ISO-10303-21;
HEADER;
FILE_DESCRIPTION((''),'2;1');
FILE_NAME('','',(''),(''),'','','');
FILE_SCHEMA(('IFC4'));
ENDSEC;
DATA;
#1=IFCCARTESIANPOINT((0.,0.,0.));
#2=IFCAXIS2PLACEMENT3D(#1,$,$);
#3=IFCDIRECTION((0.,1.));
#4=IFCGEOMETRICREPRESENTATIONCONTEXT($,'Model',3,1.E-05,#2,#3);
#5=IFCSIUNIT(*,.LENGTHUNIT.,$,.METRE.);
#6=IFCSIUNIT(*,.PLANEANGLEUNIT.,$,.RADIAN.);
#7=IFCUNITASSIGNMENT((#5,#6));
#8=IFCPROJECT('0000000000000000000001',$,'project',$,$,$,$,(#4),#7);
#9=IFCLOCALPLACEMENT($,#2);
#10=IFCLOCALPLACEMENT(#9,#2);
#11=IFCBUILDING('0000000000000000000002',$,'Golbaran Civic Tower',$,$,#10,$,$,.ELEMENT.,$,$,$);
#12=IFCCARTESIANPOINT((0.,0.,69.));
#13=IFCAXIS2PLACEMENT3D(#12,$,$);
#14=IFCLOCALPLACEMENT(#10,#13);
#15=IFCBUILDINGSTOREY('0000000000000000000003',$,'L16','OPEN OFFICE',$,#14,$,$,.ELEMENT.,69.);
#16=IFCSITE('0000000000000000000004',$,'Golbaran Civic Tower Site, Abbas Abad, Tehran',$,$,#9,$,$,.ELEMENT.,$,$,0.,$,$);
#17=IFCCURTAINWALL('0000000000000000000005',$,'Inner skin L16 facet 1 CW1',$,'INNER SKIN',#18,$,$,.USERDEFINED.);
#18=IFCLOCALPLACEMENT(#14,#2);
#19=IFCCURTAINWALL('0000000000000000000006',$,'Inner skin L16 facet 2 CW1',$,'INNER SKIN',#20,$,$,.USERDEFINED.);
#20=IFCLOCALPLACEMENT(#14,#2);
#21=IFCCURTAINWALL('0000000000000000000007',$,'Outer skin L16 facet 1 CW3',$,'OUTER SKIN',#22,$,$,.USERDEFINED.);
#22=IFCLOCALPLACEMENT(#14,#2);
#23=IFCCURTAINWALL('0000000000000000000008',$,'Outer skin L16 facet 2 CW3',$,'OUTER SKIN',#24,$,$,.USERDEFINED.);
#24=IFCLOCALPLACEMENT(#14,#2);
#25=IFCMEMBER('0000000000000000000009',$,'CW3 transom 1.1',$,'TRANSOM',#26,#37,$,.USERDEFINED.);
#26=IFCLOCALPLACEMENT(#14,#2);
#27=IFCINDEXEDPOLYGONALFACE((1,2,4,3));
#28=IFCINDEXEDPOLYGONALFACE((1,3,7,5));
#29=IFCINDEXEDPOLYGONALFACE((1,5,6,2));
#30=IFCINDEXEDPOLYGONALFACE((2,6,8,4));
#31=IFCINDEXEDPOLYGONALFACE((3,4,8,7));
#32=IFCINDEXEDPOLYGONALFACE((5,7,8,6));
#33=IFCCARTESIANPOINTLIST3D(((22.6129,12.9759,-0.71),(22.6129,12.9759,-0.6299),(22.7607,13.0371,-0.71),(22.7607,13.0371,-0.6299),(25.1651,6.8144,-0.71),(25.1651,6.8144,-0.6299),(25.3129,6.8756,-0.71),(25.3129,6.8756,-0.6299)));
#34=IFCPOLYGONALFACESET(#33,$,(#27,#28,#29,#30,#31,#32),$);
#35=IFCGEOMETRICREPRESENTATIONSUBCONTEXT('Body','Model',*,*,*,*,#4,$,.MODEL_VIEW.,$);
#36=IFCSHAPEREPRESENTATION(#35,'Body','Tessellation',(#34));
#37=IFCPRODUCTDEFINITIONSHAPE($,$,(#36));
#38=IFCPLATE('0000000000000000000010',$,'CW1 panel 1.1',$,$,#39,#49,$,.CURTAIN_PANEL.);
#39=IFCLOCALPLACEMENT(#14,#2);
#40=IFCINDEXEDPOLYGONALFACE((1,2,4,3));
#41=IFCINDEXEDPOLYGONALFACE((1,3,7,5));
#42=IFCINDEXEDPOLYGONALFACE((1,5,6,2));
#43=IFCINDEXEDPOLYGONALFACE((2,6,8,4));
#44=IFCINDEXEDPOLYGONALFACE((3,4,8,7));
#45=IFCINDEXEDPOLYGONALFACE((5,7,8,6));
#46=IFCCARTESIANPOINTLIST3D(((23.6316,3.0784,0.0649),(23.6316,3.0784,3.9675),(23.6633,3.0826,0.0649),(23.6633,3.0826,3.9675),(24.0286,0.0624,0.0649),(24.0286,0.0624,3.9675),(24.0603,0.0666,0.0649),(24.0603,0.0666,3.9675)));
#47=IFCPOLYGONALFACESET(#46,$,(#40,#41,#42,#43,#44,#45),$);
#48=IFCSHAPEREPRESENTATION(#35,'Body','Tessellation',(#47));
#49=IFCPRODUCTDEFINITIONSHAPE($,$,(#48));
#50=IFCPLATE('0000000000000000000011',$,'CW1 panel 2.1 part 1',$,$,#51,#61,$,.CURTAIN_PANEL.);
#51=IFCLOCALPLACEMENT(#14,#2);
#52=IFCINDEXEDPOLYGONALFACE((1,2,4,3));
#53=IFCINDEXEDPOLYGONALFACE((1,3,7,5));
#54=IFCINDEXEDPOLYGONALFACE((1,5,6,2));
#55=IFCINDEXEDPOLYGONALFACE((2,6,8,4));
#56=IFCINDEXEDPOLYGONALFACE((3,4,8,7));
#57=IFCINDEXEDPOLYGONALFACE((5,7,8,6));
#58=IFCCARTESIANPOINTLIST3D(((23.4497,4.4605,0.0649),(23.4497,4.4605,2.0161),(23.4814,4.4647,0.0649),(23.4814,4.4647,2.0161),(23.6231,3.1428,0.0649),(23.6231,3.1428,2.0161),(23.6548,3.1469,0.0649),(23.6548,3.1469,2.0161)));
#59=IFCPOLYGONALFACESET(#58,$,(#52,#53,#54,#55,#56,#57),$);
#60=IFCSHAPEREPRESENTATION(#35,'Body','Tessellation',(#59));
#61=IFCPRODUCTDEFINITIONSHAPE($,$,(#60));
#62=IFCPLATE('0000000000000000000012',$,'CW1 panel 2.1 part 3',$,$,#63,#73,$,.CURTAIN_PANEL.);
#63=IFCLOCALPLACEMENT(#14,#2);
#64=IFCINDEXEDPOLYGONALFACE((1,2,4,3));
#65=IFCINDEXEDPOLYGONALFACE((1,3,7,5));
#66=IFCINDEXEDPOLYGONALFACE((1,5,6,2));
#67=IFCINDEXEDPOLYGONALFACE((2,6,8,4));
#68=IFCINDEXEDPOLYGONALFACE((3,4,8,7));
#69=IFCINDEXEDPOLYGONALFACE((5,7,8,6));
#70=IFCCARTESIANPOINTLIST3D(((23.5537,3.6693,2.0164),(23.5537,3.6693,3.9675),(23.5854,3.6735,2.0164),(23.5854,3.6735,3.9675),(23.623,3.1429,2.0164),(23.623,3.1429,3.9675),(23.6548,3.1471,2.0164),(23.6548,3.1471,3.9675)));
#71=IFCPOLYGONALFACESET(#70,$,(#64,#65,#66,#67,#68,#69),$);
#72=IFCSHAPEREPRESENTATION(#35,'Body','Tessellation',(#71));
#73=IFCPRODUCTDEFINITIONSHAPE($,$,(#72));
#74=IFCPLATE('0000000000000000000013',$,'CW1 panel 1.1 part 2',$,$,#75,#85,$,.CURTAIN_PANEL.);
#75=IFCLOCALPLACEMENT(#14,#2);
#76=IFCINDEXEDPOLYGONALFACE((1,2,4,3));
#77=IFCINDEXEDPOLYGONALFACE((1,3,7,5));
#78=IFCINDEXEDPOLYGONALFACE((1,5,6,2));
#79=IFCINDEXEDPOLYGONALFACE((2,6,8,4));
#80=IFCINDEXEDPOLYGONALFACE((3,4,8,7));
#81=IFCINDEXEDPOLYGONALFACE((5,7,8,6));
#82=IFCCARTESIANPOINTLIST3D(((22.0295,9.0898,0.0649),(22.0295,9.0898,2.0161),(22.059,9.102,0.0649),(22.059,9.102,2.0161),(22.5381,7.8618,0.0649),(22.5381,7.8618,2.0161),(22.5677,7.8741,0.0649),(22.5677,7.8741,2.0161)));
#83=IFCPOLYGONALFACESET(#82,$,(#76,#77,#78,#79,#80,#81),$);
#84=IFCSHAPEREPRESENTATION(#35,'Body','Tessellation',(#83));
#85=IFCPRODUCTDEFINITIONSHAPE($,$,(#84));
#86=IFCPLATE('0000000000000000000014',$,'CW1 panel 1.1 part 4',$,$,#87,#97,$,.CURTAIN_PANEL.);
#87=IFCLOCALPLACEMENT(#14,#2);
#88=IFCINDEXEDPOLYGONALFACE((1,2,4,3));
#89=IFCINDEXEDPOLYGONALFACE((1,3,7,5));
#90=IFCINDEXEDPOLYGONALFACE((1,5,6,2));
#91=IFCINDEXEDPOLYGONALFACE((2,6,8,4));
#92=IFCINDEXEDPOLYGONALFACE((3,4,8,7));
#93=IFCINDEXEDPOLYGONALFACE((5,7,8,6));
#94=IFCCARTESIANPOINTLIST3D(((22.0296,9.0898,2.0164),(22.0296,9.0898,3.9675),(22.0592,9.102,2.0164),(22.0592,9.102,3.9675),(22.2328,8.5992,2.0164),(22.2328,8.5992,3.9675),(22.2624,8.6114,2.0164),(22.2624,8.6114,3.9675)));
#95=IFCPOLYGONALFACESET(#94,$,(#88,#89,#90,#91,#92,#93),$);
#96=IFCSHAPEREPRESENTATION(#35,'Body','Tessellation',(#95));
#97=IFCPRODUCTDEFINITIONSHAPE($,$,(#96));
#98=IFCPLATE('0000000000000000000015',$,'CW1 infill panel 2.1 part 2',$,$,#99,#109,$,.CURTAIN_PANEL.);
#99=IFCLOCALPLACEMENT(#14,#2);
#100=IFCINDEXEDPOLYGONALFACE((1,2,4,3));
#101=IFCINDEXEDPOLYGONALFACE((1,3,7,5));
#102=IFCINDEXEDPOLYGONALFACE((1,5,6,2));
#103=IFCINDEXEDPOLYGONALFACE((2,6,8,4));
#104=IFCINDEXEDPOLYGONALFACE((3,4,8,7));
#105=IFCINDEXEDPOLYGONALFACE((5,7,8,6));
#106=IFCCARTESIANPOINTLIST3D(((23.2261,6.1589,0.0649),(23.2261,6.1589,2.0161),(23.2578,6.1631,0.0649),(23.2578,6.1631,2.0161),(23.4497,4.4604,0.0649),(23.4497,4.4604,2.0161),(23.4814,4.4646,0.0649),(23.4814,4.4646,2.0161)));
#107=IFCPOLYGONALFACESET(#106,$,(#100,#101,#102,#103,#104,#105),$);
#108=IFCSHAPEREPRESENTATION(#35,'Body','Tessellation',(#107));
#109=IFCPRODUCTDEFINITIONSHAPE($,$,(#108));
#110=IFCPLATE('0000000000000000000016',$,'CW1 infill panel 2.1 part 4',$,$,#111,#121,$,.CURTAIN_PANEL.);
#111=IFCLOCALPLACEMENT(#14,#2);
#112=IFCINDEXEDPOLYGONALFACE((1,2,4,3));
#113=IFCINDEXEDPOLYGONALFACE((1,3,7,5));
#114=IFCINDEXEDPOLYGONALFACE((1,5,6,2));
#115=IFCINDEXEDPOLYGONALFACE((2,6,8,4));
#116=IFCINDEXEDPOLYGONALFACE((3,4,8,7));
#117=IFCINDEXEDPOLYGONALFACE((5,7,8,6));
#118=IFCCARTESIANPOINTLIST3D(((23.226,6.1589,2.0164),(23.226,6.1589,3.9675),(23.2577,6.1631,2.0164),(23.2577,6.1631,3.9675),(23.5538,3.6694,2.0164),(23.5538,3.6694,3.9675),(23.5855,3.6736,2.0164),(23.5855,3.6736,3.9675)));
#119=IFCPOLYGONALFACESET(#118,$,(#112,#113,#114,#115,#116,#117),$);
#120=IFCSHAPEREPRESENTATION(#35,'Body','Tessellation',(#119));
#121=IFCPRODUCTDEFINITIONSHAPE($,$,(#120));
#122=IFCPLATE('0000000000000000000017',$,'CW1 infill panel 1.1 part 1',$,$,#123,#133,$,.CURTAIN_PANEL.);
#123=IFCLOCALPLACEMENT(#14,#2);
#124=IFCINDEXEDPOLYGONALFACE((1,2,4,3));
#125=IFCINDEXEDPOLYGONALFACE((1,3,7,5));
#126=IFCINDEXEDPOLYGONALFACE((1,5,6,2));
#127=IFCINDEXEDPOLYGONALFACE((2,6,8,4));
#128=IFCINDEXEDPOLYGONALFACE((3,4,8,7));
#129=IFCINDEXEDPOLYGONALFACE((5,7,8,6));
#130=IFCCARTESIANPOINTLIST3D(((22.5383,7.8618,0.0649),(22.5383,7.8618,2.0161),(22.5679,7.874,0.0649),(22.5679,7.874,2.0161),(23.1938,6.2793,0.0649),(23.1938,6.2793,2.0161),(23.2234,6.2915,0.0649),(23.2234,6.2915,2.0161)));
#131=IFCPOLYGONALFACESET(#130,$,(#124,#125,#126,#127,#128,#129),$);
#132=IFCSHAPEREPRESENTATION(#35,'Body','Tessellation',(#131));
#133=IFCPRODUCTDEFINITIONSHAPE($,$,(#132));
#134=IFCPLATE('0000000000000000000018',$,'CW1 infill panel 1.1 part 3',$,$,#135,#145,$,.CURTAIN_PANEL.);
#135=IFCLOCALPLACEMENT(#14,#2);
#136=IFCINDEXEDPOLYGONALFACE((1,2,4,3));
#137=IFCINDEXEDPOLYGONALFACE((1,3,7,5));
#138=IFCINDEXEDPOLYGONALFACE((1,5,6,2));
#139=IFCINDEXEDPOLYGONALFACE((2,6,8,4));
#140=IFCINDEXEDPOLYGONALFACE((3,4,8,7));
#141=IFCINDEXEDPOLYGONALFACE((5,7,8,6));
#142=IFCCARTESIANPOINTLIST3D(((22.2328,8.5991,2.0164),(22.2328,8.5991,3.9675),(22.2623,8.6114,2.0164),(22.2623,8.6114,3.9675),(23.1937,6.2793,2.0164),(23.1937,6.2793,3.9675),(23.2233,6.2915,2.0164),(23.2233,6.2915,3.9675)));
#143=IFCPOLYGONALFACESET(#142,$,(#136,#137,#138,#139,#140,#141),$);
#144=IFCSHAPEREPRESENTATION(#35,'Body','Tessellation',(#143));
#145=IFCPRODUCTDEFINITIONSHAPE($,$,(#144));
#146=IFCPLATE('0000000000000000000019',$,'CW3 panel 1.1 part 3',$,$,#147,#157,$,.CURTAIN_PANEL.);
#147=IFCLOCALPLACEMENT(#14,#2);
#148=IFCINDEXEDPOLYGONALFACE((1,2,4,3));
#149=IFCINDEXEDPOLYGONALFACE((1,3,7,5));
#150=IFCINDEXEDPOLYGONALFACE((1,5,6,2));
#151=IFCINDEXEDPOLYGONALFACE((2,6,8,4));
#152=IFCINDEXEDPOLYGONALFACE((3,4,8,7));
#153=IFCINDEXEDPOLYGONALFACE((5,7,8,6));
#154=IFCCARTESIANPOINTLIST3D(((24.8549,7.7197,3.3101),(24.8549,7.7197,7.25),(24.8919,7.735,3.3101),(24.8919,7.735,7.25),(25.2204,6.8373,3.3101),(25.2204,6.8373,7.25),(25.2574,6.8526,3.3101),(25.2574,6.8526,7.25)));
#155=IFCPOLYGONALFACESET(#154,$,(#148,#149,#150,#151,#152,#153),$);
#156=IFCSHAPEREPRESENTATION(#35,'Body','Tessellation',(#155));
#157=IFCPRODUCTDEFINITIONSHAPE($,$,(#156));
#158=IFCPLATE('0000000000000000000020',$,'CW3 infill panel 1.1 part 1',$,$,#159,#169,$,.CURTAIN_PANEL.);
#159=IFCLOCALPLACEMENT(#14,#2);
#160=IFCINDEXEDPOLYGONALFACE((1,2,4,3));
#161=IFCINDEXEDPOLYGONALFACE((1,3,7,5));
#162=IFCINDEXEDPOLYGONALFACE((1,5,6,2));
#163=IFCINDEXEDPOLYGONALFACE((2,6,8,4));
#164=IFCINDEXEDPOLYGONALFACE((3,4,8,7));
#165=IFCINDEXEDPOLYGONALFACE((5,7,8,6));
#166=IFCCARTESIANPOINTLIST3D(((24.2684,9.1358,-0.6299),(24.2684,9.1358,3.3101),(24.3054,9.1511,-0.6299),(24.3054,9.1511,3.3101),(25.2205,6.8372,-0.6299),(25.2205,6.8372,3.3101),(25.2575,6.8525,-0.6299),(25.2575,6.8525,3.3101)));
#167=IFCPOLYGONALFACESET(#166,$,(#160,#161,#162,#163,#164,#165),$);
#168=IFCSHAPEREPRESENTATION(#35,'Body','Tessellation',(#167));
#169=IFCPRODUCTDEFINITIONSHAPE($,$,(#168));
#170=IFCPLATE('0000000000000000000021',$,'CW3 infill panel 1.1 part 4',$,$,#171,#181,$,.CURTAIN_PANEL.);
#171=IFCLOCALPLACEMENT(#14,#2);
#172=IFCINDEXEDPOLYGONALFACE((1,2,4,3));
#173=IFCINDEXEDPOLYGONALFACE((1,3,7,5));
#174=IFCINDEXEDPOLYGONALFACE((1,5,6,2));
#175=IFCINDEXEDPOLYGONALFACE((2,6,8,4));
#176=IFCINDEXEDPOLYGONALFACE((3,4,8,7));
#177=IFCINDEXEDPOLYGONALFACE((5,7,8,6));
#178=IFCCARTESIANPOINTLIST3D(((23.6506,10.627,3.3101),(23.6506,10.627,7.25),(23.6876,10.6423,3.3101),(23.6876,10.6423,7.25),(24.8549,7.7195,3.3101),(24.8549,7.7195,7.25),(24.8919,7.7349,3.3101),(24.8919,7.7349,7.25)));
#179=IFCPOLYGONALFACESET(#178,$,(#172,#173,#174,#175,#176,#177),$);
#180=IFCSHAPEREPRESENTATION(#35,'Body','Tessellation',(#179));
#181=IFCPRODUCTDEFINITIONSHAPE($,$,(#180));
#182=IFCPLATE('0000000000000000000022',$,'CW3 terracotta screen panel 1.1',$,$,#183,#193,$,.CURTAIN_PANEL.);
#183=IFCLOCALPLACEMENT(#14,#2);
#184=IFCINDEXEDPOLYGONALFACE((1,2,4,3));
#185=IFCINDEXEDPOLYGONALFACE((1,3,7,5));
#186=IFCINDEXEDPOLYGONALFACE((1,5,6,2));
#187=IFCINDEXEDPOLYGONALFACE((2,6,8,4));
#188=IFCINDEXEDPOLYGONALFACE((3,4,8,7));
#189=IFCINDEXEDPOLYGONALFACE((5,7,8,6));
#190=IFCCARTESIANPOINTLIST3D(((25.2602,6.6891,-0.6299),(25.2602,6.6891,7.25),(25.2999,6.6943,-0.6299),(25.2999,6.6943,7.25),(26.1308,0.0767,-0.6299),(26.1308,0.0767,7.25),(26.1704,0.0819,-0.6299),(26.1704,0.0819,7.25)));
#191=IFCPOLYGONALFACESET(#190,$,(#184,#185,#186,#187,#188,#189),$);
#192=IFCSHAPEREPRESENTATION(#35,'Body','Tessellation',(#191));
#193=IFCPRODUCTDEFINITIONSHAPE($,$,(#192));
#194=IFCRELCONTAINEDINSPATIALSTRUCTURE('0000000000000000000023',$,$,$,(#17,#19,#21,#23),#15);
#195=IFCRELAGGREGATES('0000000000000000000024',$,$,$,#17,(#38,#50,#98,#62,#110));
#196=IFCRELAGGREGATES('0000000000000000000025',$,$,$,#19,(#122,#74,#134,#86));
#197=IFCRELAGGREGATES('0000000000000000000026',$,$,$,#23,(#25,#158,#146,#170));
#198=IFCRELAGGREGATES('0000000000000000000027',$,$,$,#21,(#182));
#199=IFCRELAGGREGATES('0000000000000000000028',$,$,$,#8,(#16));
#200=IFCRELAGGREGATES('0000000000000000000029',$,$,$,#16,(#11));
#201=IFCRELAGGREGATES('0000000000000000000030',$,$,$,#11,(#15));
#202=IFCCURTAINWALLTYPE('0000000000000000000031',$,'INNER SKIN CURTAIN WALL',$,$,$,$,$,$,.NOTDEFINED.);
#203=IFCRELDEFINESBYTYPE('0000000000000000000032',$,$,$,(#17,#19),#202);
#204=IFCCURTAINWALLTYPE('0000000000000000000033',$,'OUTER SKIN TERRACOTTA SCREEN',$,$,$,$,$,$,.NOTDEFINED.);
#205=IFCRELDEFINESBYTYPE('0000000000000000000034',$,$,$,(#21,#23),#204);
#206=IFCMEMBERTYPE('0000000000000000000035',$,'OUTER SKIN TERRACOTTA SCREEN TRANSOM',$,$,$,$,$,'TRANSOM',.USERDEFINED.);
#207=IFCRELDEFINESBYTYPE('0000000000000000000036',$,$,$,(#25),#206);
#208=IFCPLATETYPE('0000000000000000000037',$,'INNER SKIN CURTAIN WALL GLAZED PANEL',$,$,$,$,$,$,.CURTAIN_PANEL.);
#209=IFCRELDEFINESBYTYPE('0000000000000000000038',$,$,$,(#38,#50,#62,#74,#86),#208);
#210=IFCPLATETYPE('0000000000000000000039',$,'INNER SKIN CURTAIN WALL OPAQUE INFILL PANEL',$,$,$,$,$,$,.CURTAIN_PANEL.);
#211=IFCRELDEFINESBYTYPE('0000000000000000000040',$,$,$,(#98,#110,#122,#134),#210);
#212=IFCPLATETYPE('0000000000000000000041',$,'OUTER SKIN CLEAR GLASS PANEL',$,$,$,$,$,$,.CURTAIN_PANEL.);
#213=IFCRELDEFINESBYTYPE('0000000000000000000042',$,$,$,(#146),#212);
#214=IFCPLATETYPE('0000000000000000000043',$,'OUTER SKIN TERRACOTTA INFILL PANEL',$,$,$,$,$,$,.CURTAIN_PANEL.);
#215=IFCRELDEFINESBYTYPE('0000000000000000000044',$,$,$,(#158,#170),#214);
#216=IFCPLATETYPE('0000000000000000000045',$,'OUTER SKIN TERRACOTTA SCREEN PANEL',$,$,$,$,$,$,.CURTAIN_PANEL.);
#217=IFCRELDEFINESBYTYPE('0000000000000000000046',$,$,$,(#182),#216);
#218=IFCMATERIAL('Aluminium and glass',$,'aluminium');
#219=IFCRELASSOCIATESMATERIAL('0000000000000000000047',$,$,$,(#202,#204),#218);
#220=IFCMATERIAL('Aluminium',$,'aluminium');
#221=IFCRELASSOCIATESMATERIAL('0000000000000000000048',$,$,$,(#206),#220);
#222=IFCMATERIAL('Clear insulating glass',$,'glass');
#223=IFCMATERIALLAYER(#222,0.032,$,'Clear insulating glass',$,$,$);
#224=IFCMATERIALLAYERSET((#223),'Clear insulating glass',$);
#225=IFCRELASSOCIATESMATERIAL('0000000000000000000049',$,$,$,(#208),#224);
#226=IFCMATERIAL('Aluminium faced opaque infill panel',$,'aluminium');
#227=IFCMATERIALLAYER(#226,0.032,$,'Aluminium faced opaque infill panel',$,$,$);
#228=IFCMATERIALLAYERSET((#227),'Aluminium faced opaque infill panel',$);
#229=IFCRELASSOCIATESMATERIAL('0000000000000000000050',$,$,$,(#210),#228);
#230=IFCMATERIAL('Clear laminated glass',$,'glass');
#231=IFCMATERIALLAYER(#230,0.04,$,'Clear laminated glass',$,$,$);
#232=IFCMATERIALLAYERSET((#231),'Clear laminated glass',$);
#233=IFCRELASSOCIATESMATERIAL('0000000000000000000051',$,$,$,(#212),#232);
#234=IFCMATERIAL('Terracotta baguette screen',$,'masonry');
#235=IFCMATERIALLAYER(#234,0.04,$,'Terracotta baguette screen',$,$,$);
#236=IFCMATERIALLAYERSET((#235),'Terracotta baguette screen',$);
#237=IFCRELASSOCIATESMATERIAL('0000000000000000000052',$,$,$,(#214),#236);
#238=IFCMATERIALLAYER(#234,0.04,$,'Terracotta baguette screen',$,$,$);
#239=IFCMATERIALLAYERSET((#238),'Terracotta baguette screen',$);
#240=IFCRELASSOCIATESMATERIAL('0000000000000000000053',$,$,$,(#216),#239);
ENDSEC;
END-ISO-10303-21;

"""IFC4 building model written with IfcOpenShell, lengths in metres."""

from ifc_helpers import new_model, si_unit, direction, frame, origin, origin_2d, place, context, subcontext, project, spatial, rectangle, extrude, material, layer, layer_set, material_profile, profile_set, type_object, element, aggregate, save


model = new_model("IFC4")

# Units and contexts
model_context = context("Model", 3, precision=1e-05, world=origin(), true_north=direction((0.0, 1.0)))
body_context = subcontext(model_context, "Body", "Model", "MODEL_VIEW")
ifc_project = project(units=[si_unit("LENGTHUNIT", "METRE"), si_unit("PLANEANGLEUNIT", "RADIAN")], contexts=[model_context])

# Site, building, storey
site_placement = place(None, origin())
site = spatial("IfcSite", under=ifc_project, at=site_placement, Name="Golbaran Civic Tower Site, Abbas Abad, Tehran", CompositionType="ELEMENT", RefElevation=0.0)
building_placement = place(site_placement, origin())
building = spatial("IfcBuilding", under=site, at=building_placement, Name="Golbaran Civic Tower", CompositionType="ELEMENT")
storey_placement = place(building_placement, frame((0.0, 0.0, 69.0)))
storey = spatial("IfcBuildingStorey", under=building, at=storey_placement, Name="L16", Description="OPEN OFFICE", CompositionType="ELEMENT", Elevation=69.0)

# Curtain walls
ifc_material_1 = material(Name="Aluminium and glass", Category="aluminium")
curtain_wall_type_1 = type_object("IfcCurtainWallType", Name="INNER SKIN CURTAIN WALL", PredefinedType="NOTDEFINED", material=ifc_material_1)
curtain_wall_1_placement = place(storey_placement, origin())
curtain_wall_1 = element("IfcCurtainWall", 1, at=curtain_wall_1_placement, inside=storey, type_object=curtain_wall_type_1, Name="Inner skin L16 facet 1 CW1", ObjectType="INNER SKIN", PredefinedType="USERDEFINED")
ifc_material_2 = material(Name="Aluminium", Category="aluminium")
curtain_wall_2_placement = place(storey_placement, origin())
curtain_wall_2 = element("IfcCurtainWall", 2, at=curtain_wall_2_placement, inside=storey, type_object=curtain_wall_type_1, Name="Inner skin L16 facet 2 CW1", ObjectType="INNER SKIN", PredefinedType="USERDEFINED")

# Curtain wall
curtain_wall_type_2 = type_object("IfcCurtainWallType", Name="OUTER SKIN TERRACOTTA SCREEN", PredefinedType="NOTDEFINED", material=ifc_material_1)
curtain_wall_3_placement = place(storey_placement, origin())
curtain_wall_3 = element("IfcCurtainWall", 3, at=curtain_wall_3_placement, inside=storey, type_object=curtain_wall_type_2, Name="Outer skin L16 facet 1 CW3", ObjectType="OUTER SKIN", PredefinedType="USERDEFINED")

# Curtain wall
curtain_wall_4_placement = place(storey_placement, origin())
curtain_wall_4 = element("IfcCurtainWall", 4, at=curtain_wall_4_placement, inside=storey, type_object=curtain_wall_type_2, Name="Outer skin L16 facet 2 CW3", ObjectType="OUTER SKIN", PredefinedType="USERDEFINED")

# Member
ifc_material_profile_1 = material_profile(ifc_material_2, rectangle(XDim=0.1599, YDim=0.0801, at=origin_2d()), Name="OUTER SKIN TERRACOTTA SCREEN TRANSOM")
ifc_profile_set_1 = profile_set([ifc_material_profile_1], Name="Aluminium")
member_type_1 = type_object("IfcMemberType", Name="OUTER SKIN TERRACOTTA SCREEN TRANSOM", ElementType="TRANSOM", PredefinedType="USERDEFINED", material=ifc_profile_set_1)
member_1_placement = place(storey_placement, frame((25.239, 6.845, -0.6699), z_axis=(-0.382686, 0.923879, 0.0), x_axis=(-0.923879, -0.382686, 0.0)))
member_1 = element("IfcMember", 5, at=member_1_placement, type_object=member_type_1, Name="CW3 transom 1.1", ObjectType="TRANSOM", PredefinedType="USERDEFINED", context=body_context, shape_type="SweptSolid", body=[
    extrude(rectangle(XDim=0.1599, YDim=0.0801, at=origin_2d()), origin(), (0.0, 0.0, 1.0), 6.6692),
])

# Plates
ifc_material_3 = material(Name="Clear insulating glass", Category="glass")
ifc_layer_1 = layer(ifc_material_3, 0.032, Name="Clear insulating glass")
ifc_layer_set_1 = layer_set([ifc_layer_1], Name="Clear insulating glass")
plate_type_1 = type_object("IfcPlateType", Name="INNER SKIN CURTAIN WALL GLAZED PANEL", PredefinedType="CURTAIN_PANEL", material=ifc_layer_set_1)
plate_1_placement = place(storey_placement, frame((23.8459, 1.5725, 0.0649), z_axis=(0.0, 0.0, 1.0), x_axis=(-0.130526, 0.991445, 0.0)))
plate_1 = element("IfcPlate", 6, at=plate_1_placement, type_object=plate_type_1, Name="CW1 panel 1.1", PredefinedType="CURTAIN_PANEL", context=body_context, shape_type="SweptSolid", body=[
    extrude(rectangle(XDim=3.042, YDim=0.032, at=origin_2d()), origin(), (0.0, 0.0, 1.0), 3.9026),
])
plate_2_placement = place(storey_placement, frame((23.5522, 3.8037, 0.0649), z_axis=(0.0, 0.0, 1.0), x_axis=(-0.130526, 0.991445, 0.0)))
plate_2 = element("IfcPlate", 7, at=plate_2_placement, type_object=plate_type_1, Name="CW1 panel 2.1 part 1", PredefinedType="CURTAIN_PANEL", context=body_context, shape_type="SweptSolid", body=[
    extrude(rectangle(XDim=1.3291, YDim=0.032, at=origin_2d()), origin(), (0.0, 0.0, 1.0), 1.9512),
])
plate_3_placement = place(storey_placement, frame((23.6042, 3.4082, 2.0164), z_axis=(0.0, 0.0, 1.0), x_axis=(-0.130526, 0.991445, 0.0)))
plate_3 = element("IfcPlate", 8, at=plate_3_placement, type_object=plate_type_1, Name="CW1 panel 2.1 part 3", PredefinedType="CURTAIN_PANEL", context=body_context, shape_type="SweptSolid", body=[
    extrude(rectangle(XDim=0.531, YDim=0.032, at=origin_2d()), origin(), (0.0, 0.0, 1.0), 1.9512),
])
plate_4_placement = place(storey_placement, frame((22.2986, 8.4819, 0.0649), z_axis=(0.0, 0.0, 1.0), x_axis=(-0.382683, 0.92388, 0.0)))
plate_4 = element("IfcPlate", 9, at=plate_4_placement, type_object=plate_type_1, Name="CW1 panel 1.1 part 2", PredefinedType="CURTAIN_PANEL", context=body_context, shape_type="SweptSolid", body=[
    extrude(rectangle(XDim=1.3291, YDim=0.032, at=origin_2d()), origin(), (0.0, 0.0, 1.0), 1.9512),
])
plate_5_placement = place(storey_placement, frame((22.146, 8.8506, 2.0164), z_axis=(0.0, 0.0, 1.0), x_axis=(-0.382683, 0.92388, 0.0)))
plate_5 = element("IfcPlate", 10, at=plate_5_placement, type_object=plate_type_1, Name="CW1 panel 1.1 part 4", PredefinedType="CURTAIN_PANEL", context=body_context, shape_type="SweptSolid", body=[
    extrude(rectangle(XDim=0.531, YDim=0.032, at=origin_2d()), origin(), (0.0, 0.0, 1.0), 1.9512),
])
ifc_material_4 = material(Name="Aluminium faced opaque infill panel", Category="aluminium")
ifc_layer_2 = layer(ifc_material_4, 0.032, Name="Aluminium faced opaque infill panel")
ifc_layer_set_2 = layer_set([ifc_layer_2], Name="Aluminium faced opaque infill panel")
plate_type_2 = type_object("IfcPlateType", Name="INNER SKIN CURTAIN WALL OPAQUE INFILL PANEL", PredefinedType="CURTAIN_PANEL", material=ifc_layer_set_2)
plate_6_placement = place(storey_placement, frame((23.3538, 5.3118, 0.0649), z_axis=(0.0, 0.0, 1.0), x_axis=(-0.130526, 0.991445, 0.0)))
plate_6 = element("IfcPlate", 11, at=plate_6_placement, type_object=plate_type_2, Name="CW1 infill panel 2.1 part 2", PredefinedType="CURTAIN_PANEL", context=body_context, shape_type="SweptSolid", body=[
    extrude(rectangle(XDim=1.7131, YDim=0.032, at=origin_2d()), origin(), (0.0, 0.0, 1.0), 1.9512),
])
plate_7_placement = place(storey_placement, frame((23.4058, 4.9163, 2.0164), z_axis=(0.0, 0.0, 1.0), x_axis=(-0.130526, 0.991445, 0.0)))
plate_7 = element("IfcPlate", 12, at=plate_7_placement, type_object=plate_type_2, Name="CW1 infill panel 2.1 part 4", PredefinedType="CURTAIN_PANEL", context=body_context, shape_type="SweptSolid", body=[
    extrude(rectangle(XDim=2.511, YDim=0.032, at=origin_2d()), origin(), (0.0, 0.0, 1.0), 1.9512),
])
aggregate(curtain_wall_1, [plate_1, plate_2, plate_6, plate_3, plate_7])
plate_8_placement = place(storey_placement, frame((22.8809, 7.0767, 0.0649), z_axis=(0.0, 0.0, 1.0), x_axis=(-0.382683, 0.92388, 0.0)))
plate_8 = element("IfcPlate", 13, at=plate_8_placement, type_object=plate_type_2, Name="CW1 infill panel 1.1 part 1", PredefinedType="CURTAIN_PANEL", context=body_context, shape_type="SweptSolid", body=[
    extrude(rectangle(XDim=1.7129, YDim=0.032, at=origin_2d()), origin(), (0.0, 0.0, 1.0), 1.9512),
])
plate_9_placement = place(storey_placement, frame((22.728, 7.4453, 2.0164), z_axis=(0.0, 0.0, 1.0), x_axis=(-0.382683, 0.92388, 0.0)))
plate_9 = element("IfcPlate", 14, at=plate_9_placement, type_object=plate_type_2, Name="CW1 infill panel 1.1 part 3", PredefinedType="CURTAIN_PANEL", context=body_context, shape_type="SweptSolid", body=[
    extrude(rectangle(XDim=2.511, YDim=0.032, at=origin_2d()), origin(), (0.0, 0.0, 1.0), 1.9512),
])
aggregate(curtain_wall_2, [plate_8, plate_4, plate_9, plate_5])
ifc_material_5 = material(Name="Clear laminated glass", Category="glass")
ifc_layer_3 = layer(ifc_material_5, 0.04, Name="Clear laminated glass")
ifc_layer_set_3 = layer_set([ifc_layer_3], Name="Clear laminated glass")
plate_type_3 = type_object("IfcPlateType", Name="OUTER SKIN CLEAR GLASS PANEL", PredefinedType="CURTAIN_PANEL", material=ifc_layer_set_3)
plate_10_placement = place(storey_placement, frame((25.0562, 7.2861, 3.3101), z_axis=(0.0, 0.0, 1.0), x_axis=(-0.382683, 0.92388, 0.0)))
plate_10 = element("IfcPlate", 15, at=plate_10_placement, type_object=plate_type_3, Name="CW3 panel 1.1 part 3", PredefinedType="CURTAIN_PANEL", context=body_context, shape_type="SweptSolid", body=[
    extrude(rectangle(XDim=0.9551, YDim=0.04, at=origin_2d()), origin(), (0.0, 0.0, 1.0), 3.9399),
])
ifc_material_6 = material(Name="Terracotta baguette screen", Category="masonry")
ifc_layer_4 = layer(ifc_material_6, 0.04, Name="Terracotta baguette screen")
ifc_layer_set_4 = layer_set([ifc_layer_4], Name="Terracotta baguette screen")
plate_type_4 = type_object("IfcPlateType", Name="OUTER SKIN TERRACOTTA INFILL PANEL", PredefinedType="CURTAIN_PANEL", material=ifc_layer_set_4)
plate_11_placement = place(storey_placement, frame((24.7629, 7.9941, -0.6299), z_axis=(0.0, 0.0, 1.0), x_axis=(-0.382683, 0.92388, 0.0)))
plate_11 = element("IfcPlate", 16, at=plate_11_placement, type_object=plate_type_4, Name="CW3 infill panel 1.1 part 1", PredefinedType="CURTAIN_PANEL", context=body_context, shape_type="SweptSolid", body=[
    extrude(rectangle(XDim=2.488, YDim=0.04, at=origin_2d()), origin(), (0.0, 0.0, 1.0), 3.9399),
])
plate_12_placement = place(storey_placement, frame((24.2712, 9.1809, 3.3101), z_axis=(0.0, 0.0, 1.0), x_axis=(-0.382683, 0.92388, 0.0)))
plate_12 = element("IfcPlate", 17, at=plate_12_placement, type_object=plate_type_4, Name="CW3 infill panel 1.1 part 4", PredefinedType="CURTAIN_PANEL", context=body_context, shape_type="SweptSolid", body=[
    extrude(rectangle(XDim=3.147, YDim=0.04, at=origin_2d()), origin(), (0.0, 0.0, 1.0), 3.9399),
])
aggregate(curtain_wall_4, [member_1, plate_11, plate_10, plate_12])
ifc_layer_5 = layer(ifc_material_6, 0.04, Name="Terracotta baguette screen")
ifc_layer_set_5 = layer_set([ifc_layer_5], Name="Terracotta baguette screen")
plate_type_5 = type_object("IfcPlateType", Name="OUTER SKIN TERRACOTTA SCREEN PANEL", PredefinedType="CURTAIN_PANEL", material=ifc_layer_set_5)
plate_13_placement = place(storey_placement, frame((25.7153, 3.3855, -0.6299), z_axis=(0.0, 0.0, 1.0), x_axis=(-0.130526, 0.991445, 0.0)))
plate_13 = element("IfcPlate", 18, at=plate_13_placement, type_object=plate_type_5, Name="CW3 terracotta screen panel 1.1", PredefinedType="CURTAIN_PANEL", context=body_context, shape_type="SweptSolid", body=[
    extrude(rectangle(XDim=6.6694, YDim=0.04, at=origin_2d()), origin(), (0.0, 0.0, 1.0), 7.8799),
])
aggregate(curtain_wall_3, [plate_13])

save(model, "model.ifc")
